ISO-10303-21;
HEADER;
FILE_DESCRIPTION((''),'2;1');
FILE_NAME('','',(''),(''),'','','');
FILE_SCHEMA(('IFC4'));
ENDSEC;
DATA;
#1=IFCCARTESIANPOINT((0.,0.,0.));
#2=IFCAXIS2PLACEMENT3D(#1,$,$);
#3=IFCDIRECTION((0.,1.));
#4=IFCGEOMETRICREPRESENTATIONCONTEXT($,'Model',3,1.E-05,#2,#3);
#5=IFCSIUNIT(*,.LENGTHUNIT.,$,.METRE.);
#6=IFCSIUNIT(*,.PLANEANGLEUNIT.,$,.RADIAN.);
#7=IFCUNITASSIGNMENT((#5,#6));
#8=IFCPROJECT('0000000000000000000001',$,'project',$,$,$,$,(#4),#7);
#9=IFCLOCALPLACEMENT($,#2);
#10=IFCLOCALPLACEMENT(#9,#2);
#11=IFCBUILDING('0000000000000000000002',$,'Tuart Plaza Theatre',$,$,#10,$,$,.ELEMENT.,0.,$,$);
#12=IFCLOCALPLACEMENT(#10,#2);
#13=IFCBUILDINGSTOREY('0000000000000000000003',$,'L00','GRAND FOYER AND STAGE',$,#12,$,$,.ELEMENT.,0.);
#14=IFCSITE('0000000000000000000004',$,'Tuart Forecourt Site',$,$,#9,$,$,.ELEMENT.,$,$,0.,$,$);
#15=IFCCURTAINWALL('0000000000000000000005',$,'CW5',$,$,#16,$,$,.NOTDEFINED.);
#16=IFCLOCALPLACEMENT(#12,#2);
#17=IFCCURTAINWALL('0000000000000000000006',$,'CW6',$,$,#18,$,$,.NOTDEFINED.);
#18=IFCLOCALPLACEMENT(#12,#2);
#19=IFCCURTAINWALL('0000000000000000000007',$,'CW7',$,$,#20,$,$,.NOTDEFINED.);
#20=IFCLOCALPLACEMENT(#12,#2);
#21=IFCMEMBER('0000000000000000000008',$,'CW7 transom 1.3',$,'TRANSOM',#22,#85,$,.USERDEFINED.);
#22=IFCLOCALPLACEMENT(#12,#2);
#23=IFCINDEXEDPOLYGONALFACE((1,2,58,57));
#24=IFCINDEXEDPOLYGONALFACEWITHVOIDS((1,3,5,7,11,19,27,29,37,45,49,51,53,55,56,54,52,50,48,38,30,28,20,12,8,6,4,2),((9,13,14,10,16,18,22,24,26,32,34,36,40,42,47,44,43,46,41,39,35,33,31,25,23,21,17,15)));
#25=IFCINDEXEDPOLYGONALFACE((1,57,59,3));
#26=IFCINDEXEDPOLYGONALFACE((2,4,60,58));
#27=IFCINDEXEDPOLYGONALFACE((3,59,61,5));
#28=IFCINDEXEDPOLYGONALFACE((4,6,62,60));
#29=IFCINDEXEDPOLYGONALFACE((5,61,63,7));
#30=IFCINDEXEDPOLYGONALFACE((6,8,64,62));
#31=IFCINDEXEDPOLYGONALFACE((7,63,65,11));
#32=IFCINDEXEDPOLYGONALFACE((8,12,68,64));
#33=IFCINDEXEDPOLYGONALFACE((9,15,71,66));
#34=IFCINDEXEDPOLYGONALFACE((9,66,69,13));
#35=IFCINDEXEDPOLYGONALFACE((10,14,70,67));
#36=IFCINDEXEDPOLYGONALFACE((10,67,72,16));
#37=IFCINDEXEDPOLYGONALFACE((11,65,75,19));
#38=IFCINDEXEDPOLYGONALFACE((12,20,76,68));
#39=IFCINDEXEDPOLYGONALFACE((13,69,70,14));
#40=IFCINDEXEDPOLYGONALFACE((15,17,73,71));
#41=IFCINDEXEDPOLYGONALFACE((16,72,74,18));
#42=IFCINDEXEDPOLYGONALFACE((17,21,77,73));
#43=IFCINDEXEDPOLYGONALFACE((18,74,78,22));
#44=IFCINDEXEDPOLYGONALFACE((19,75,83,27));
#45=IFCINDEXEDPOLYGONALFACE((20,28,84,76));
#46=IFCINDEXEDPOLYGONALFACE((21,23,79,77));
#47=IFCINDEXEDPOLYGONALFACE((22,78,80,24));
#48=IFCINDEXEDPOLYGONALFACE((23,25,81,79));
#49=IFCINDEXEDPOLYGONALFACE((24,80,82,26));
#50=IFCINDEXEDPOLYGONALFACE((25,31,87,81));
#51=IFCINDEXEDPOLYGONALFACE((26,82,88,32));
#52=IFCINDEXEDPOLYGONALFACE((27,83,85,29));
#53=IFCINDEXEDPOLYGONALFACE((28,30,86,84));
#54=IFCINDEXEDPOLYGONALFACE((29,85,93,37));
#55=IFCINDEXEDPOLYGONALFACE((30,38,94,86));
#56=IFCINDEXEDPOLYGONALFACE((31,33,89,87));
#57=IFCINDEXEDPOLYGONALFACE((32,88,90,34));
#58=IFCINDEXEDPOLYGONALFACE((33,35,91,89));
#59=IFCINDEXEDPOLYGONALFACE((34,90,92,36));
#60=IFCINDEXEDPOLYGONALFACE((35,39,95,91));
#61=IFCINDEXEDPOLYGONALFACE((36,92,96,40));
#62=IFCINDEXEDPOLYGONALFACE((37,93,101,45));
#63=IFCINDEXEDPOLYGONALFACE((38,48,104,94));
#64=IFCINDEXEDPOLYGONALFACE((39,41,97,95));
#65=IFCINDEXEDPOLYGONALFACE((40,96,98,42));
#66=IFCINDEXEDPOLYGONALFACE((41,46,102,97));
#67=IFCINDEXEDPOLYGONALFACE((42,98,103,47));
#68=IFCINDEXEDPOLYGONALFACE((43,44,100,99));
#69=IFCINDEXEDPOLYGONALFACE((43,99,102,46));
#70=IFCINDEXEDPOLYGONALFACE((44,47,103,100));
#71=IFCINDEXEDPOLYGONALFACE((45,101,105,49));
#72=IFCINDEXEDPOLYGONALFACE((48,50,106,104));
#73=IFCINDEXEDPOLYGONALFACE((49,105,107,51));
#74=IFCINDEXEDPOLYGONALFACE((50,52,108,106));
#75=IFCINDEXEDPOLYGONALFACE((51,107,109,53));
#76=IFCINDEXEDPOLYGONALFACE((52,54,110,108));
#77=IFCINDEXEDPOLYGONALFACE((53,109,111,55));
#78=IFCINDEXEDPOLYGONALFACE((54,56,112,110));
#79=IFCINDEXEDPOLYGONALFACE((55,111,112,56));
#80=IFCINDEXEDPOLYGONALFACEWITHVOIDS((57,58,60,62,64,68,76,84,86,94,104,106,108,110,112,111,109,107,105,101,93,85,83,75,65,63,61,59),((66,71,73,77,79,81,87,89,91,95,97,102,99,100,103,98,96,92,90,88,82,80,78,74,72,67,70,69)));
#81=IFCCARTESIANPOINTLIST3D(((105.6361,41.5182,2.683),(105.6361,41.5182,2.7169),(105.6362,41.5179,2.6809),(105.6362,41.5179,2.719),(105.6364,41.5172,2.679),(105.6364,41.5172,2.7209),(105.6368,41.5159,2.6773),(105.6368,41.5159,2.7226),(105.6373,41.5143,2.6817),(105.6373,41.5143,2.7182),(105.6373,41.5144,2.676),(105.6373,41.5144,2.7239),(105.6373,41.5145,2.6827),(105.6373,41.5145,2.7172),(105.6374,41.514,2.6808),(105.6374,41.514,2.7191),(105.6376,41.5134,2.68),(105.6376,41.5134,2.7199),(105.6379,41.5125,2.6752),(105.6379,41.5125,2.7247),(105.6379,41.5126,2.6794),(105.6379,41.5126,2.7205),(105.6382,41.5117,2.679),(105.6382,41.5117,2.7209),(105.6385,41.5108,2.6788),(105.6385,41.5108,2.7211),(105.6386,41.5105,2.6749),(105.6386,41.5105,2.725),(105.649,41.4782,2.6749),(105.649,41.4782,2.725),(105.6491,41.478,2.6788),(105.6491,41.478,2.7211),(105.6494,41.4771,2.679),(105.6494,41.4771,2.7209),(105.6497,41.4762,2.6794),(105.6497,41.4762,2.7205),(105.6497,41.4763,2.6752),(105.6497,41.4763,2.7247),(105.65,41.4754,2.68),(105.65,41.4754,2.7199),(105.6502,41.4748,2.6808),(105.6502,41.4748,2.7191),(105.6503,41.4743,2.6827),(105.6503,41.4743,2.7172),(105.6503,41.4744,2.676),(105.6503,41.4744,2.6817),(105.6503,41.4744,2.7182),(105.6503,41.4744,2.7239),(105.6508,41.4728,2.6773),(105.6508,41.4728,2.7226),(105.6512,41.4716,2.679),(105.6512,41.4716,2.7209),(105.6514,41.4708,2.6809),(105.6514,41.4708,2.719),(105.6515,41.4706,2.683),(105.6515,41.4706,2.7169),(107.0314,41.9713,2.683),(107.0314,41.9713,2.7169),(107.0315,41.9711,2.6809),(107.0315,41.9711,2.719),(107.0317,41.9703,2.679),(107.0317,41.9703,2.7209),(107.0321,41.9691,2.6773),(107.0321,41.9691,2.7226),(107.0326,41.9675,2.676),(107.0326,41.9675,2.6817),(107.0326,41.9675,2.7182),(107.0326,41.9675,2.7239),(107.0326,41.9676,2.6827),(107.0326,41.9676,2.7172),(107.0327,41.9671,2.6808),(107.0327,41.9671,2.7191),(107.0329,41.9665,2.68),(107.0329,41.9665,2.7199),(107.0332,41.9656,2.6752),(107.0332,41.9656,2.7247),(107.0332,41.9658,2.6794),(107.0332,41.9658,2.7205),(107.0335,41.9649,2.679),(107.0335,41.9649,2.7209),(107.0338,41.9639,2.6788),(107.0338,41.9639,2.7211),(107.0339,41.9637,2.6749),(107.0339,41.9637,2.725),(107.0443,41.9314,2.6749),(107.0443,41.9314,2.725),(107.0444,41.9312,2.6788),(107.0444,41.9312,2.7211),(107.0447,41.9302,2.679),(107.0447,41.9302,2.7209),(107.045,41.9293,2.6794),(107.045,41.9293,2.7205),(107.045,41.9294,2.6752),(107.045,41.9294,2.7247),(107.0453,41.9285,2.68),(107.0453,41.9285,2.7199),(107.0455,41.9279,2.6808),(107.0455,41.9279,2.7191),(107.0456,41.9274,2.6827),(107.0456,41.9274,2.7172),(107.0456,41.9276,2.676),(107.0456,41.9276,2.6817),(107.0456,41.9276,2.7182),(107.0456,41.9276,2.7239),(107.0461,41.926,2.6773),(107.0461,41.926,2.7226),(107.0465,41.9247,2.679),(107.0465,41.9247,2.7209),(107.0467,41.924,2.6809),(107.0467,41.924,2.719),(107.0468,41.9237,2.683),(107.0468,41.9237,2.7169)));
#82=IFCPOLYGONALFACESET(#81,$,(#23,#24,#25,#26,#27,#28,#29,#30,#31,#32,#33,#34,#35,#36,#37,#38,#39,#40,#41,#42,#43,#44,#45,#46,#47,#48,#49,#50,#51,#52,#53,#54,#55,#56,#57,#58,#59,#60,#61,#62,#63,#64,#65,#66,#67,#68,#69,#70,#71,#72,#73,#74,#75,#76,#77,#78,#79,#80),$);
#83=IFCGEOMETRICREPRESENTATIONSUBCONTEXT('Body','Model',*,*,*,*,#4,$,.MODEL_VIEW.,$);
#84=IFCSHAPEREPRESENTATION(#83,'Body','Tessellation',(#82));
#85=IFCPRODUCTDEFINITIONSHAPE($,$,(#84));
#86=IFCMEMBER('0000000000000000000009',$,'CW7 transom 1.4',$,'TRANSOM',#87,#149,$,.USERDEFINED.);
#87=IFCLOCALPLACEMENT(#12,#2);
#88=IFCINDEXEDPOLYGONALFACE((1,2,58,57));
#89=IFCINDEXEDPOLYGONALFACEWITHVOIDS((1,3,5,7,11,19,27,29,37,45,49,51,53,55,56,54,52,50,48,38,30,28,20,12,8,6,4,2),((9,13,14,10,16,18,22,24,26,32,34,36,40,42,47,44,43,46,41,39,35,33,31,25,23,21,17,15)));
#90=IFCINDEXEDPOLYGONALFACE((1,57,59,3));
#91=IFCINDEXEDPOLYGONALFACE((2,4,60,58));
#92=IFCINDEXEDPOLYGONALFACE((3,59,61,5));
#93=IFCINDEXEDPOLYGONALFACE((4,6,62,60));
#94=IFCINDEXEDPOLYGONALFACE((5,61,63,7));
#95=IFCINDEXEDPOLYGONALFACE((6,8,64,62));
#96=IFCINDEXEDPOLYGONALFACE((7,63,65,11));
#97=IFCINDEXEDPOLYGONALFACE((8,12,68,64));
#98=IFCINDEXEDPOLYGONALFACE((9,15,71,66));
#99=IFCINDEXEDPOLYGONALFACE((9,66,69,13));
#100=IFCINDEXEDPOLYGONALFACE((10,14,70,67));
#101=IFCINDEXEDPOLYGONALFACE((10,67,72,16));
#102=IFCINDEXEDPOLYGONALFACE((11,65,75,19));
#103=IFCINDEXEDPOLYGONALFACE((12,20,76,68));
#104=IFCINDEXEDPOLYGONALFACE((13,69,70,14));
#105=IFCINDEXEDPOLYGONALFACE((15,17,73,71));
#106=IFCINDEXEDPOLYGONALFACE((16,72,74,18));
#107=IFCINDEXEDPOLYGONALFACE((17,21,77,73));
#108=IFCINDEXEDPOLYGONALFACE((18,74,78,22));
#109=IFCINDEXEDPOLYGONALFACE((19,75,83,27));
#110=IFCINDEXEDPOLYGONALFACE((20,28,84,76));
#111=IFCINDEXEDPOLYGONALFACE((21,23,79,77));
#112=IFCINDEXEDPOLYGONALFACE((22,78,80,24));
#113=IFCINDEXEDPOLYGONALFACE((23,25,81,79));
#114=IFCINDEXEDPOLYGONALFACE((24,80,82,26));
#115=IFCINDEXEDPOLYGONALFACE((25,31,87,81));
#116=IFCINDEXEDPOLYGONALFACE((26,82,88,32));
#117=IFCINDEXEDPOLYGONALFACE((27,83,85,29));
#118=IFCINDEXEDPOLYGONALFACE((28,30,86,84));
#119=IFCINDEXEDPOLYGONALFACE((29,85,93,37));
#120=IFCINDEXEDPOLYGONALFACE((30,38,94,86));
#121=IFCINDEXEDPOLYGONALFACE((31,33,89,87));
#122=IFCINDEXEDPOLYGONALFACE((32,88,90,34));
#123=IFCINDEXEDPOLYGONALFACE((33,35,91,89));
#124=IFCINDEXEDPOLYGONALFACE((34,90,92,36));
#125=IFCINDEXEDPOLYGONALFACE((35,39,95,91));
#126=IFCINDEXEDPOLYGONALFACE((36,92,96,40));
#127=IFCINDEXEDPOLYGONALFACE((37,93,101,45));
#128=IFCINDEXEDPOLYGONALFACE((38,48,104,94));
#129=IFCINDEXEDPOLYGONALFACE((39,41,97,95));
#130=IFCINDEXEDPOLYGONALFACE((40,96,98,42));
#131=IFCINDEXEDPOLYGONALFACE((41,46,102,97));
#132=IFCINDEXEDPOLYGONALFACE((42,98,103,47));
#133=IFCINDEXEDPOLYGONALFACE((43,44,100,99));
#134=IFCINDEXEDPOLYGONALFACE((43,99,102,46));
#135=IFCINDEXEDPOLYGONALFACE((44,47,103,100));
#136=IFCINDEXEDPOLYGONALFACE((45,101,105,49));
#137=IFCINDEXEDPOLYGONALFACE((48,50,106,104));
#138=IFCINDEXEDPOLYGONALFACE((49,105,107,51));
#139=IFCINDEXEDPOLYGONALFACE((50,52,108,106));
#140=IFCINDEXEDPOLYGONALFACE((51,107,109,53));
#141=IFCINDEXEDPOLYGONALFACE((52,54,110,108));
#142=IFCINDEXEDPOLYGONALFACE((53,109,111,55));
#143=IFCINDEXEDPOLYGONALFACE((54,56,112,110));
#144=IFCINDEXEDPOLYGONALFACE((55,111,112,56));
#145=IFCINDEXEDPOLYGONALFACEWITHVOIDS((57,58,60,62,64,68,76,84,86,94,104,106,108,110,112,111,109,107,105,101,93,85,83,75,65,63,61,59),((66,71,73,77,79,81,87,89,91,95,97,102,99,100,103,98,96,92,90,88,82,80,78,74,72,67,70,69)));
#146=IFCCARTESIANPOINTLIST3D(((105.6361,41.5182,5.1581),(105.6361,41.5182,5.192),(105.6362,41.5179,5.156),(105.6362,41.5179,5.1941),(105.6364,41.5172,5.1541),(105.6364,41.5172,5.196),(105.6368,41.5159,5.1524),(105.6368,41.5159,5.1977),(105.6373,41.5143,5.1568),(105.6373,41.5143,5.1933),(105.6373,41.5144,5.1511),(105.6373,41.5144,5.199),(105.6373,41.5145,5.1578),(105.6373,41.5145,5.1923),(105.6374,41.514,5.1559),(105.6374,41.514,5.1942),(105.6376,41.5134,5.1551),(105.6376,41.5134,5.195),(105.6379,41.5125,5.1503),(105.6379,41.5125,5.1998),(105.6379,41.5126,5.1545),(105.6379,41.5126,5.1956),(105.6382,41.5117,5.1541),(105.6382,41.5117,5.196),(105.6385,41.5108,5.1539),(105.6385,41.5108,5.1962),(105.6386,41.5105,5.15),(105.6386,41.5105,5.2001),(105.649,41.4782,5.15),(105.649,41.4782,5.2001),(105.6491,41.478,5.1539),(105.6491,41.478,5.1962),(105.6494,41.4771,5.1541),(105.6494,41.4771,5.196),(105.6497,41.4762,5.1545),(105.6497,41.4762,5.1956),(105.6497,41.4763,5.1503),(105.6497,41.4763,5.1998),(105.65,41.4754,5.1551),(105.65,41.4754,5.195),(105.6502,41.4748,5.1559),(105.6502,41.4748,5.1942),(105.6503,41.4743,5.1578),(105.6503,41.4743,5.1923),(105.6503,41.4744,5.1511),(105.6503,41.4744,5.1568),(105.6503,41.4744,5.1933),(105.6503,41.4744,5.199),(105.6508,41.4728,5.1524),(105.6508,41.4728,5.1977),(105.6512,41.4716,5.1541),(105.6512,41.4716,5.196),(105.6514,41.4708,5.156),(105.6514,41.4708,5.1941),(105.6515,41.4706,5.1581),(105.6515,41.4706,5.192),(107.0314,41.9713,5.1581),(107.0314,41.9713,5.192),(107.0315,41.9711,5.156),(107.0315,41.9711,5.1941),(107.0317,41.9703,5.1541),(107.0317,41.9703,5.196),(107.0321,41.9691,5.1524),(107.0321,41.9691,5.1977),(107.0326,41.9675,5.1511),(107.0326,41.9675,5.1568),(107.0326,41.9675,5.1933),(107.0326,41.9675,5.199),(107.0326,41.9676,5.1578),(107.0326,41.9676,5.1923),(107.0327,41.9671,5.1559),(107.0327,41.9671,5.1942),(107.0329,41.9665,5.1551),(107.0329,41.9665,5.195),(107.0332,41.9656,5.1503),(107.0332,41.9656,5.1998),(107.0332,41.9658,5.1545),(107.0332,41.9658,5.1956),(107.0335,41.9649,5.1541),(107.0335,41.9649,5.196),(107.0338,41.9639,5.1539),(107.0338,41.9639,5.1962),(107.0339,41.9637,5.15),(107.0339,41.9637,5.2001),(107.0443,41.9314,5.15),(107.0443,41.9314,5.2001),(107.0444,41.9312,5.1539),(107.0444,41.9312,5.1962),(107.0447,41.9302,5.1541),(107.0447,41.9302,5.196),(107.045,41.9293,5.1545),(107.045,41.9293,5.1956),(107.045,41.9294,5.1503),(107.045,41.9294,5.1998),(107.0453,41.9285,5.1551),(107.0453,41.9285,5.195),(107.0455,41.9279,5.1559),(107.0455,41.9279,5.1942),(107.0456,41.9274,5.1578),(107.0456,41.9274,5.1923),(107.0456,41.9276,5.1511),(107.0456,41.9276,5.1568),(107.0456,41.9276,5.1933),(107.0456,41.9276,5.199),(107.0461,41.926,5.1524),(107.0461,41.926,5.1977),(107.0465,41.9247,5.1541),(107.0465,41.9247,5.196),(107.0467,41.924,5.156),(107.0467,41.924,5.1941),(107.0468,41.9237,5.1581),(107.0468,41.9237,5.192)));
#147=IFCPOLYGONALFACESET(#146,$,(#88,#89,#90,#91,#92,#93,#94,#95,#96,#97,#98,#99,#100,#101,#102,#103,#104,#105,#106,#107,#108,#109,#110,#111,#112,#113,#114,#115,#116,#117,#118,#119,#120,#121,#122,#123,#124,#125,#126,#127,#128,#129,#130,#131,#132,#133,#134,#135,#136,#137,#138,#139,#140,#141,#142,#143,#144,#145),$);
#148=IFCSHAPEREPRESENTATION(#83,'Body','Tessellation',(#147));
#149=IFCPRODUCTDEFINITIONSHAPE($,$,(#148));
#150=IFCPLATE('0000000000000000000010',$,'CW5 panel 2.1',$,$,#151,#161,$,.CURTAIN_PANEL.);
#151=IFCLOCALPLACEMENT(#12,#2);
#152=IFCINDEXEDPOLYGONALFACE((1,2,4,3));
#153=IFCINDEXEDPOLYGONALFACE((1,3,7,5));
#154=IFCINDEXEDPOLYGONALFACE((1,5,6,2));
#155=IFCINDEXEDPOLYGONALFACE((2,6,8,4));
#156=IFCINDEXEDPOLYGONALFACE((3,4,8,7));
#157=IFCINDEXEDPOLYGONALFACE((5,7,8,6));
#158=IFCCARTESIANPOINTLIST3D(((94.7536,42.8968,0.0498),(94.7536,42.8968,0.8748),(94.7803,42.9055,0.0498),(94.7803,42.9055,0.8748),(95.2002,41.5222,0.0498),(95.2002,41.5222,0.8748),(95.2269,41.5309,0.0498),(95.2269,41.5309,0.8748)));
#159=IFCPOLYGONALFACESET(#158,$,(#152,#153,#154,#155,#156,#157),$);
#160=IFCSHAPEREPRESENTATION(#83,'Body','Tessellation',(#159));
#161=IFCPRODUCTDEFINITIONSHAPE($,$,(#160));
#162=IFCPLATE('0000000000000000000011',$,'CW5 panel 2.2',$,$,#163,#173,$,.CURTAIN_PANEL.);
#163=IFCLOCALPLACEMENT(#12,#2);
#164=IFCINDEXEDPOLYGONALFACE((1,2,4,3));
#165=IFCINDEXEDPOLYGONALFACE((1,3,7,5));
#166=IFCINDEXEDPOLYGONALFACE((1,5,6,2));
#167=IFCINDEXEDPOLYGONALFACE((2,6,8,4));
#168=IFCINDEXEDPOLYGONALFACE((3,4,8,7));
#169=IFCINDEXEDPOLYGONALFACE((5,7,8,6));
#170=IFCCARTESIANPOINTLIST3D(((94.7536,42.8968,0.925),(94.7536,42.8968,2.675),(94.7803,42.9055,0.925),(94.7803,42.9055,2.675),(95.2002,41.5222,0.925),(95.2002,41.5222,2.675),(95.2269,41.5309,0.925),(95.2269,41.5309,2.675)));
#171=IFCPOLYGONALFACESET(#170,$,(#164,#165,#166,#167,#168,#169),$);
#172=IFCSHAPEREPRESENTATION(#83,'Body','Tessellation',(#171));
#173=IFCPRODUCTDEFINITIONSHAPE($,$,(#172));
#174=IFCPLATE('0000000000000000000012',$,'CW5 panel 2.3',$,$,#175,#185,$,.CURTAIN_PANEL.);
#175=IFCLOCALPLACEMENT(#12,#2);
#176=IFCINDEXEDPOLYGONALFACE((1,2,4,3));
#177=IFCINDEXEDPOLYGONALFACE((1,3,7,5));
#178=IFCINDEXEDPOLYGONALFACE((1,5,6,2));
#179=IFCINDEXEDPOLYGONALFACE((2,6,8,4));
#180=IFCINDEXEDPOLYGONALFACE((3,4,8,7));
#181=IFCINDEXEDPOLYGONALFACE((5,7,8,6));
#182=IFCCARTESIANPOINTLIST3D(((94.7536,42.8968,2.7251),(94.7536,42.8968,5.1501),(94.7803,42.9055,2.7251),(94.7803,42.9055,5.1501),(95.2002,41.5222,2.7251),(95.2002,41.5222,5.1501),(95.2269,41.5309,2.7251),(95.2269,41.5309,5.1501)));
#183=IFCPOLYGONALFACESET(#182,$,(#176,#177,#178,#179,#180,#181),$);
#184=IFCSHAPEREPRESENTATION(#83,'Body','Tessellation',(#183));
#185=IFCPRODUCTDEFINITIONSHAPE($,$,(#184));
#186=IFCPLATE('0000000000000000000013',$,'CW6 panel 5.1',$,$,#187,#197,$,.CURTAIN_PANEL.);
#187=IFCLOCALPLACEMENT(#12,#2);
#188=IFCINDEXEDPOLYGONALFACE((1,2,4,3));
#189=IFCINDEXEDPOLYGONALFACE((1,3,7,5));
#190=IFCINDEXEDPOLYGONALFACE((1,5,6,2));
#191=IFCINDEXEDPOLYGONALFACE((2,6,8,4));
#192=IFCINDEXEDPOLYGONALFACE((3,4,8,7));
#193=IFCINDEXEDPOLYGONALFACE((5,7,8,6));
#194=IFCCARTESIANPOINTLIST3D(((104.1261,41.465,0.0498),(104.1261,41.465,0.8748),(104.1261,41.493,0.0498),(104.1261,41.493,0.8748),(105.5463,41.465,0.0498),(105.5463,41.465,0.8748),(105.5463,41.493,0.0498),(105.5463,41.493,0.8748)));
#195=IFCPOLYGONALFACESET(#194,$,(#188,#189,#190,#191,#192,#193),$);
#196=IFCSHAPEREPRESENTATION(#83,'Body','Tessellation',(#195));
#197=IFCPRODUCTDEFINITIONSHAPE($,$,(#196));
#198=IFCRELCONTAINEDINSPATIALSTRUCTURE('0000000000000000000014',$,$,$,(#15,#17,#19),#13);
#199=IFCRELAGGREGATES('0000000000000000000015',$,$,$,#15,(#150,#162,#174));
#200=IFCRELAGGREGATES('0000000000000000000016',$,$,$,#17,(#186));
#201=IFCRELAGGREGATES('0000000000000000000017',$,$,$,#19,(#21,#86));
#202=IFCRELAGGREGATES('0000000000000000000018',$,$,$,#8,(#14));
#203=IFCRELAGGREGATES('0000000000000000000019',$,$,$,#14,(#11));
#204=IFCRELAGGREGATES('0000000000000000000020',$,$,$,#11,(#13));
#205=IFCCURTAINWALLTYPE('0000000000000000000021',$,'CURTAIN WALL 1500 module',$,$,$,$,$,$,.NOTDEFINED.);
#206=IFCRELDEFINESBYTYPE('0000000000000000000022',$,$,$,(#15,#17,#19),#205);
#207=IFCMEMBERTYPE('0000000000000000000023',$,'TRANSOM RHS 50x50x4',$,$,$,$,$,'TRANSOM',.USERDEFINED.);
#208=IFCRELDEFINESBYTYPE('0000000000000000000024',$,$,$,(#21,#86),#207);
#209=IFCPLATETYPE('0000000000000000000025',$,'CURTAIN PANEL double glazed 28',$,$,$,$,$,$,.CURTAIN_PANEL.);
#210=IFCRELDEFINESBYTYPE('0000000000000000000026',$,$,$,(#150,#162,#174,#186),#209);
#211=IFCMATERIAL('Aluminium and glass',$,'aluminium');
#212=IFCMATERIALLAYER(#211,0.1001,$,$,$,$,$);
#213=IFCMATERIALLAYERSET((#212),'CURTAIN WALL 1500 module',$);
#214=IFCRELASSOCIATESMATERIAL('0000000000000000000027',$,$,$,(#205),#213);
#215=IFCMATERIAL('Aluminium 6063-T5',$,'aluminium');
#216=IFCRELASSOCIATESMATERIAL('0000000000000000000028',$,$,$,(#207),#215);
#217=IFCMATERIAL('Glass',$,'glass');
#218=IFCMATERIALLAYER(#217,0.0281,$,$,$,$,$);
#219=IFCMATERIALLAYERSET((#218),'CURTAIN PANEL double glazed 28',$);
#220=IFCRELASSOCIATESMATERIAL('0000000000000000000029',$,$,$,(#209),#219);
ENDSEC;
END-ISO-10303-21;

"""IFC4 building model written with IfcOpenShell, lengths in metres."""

from ifc_helpers import new_model, si_unit, direction, frame, origin, origin_2d, place, context, subcontext, project, spatial, rectangle, hollow_rectangle, extrude, material, layer, layer_set, material_profile, profile_set, type_object, element, aggregate, save


model = new_model("IFC4")

# Units and contexts
model_context = context("Model", 3, precision=1e-05, world=origin(), true_north=direction((0.0, 1.0)))
body_context = subcontext(model_context, "Body", "Model", "MODEL_VIEW")
ifc_project = project(units=[si_unit("LENGTHUNIT", "METRE"), si_unit("PLANEANGLEUNIT", "RADIAN")], contexts=[model_context])

# Site, building, storey
site_placement = place(None, origin())
site = spatial("IfcSite", under=ifc_project, at=site_placement, Name="Tuart Forecourt Site", CompositionType="ELEMENT", RefElevation=0.0)
building_placement = place(site_placement, origin())
building = spatial("IfcBuilding", under=site, at=building_placement, Name="Tuart Plaza Theatre", CompositionType="ELEMENT", ElevationOfRefHeight=0.0)
storey_placement = place(building_placement, origin())
storey = spatial("IfcBuildingStorey", under=building, at=storey_placement, Name="L00", Description="GRAND FOYER AND STAGE", CompositionType="ELEMENT", Elevation=0.0)

# Curtain walls
ifc_material_1 = material(Name="Aluminium and glass", Category="aluminium")
ifc_layer_1 = layer(ifc_material_1, 0.1001)
ifc_layer_set_1 = layer_set([ifc_layer_1], Name="CURTAIN WALL 1500 module")
curtain_wall_type = type_object("IfcCurtainWallType", Name="CURTAIN WALL 1500 module", PredefinedType="NOTDEFINED", material=ifc_layer_set_1)
curtain_wall_1_placement = place(storey_placement, origin())
curtain_wall_1 = element("IfcCurtainWall", 1, at=curtain_wall_1_placement, inside=storey, type_object=curtain_wall_type, Name="CW5", PredefinedType="NOTDEFINED")
curtain_wall_2_placement = place(storey_placement, origin())
curtain_wall_2 = element("IfcCurtainWall", 2, at=curtain_wall_2_placement, inside=storey, type_object=curtain_wall_type, Name="CW6", PredefinedType="NOTDEFINED")
curtain_wall_3_placement = place(storey_placement, origin())
curtain_wall_3 = element("IfcCurtainWall", 3, at=curtain_wall_3_placement, inside=storey, type_object=curtain_wall_type, Name="CW7", PredefinedType="NOTDEFINED")

# Shared definitions
ifc_material_2 = material(Name="Aluminium 6063-T5", Category="aluminium")
ifc_material_profile_1 = material_profile(ifc_material_2, hollow_rectangle(XDim=0.05, YDim=0.05, WallThickness=0.0039, InnerFilletRadius=0.0039, OuterFilletRadius=0.0081, at=origin_2d()), Name="RHS 50x50x4")
ifc_profile_set_1 = profile_set([ifc_material_profile_1], Name="Aluminium 6063-T5")
member_type_1 = type_object("IfcMemberType", Name="TRANSOM RHS 50x50x4", ElementType="TRANSOM", PredefinedType="USERDEFINED", material=ifc_profile_set_1)

# Members
member_1_placement = place(storey_placement, frame((105.6438, 41.4944, 2.7), z_axis=(0.951101, 0.308879, 0.0), x_axis=(-0.308879, 0.951101, 0.0)))
member_1 = element("IfcMember", 4, at=member_1_placement, type_object=member_type_1, Name="CW7 transom 1.3", ObjectType="TRANSOM", PredefinedType="USERDEFINED", context=body_context, shape_type="SweptSolid", body=[
    extrude(hollow_rectangle(XDim=0.05, YDim=0.05, WallThickness=0.0039, InnerFilletRadius=0.0039, OuterFilletRadius=0.0081, at=origin_2d()), origin(), (0.0, 0.0, 1.0), 1.467),
])
member_2_placement = place(storey_placement, frame((105.6438, 41.4944, 5.175), z_axis=(0.951101, 0.308879, 0.0), x_axis=(-0.308879, 0.951101, 0.0)))
member_2 = element("IfcMember", 5, at=member_2_placement, type_object=member_type_1, Name="CW7 transom 1.4", ObjectType="TRANSOM", PredefinedType="USERDEFINED", context=body_context, shape_type="SweptSolid", body=[
    extrude(hollow_rectangle(XDim=0.05, YDim=0.05, WallThickness=0.0039, InnerFilletRadius=0.0039, OuterFilletRadius=0.0081, at=origin_2d()), origin(), (0.0, 0.0, 1.0), 1.467),
])

# Plates
ifc_material_3 = material(Name="Glass", Category="glass")
ifc_layer_2 = layer(ifc_material_3, 0.0281)
ifc_layer_set_2 = layer_set([ifc_layer_2], Name="CURTAIN PANEL double glazed 28")
plate_type = type_object("IfcPlateType", Name="CURTAIN PANEL double glazed 28", PredefinedType="CURTAIN_PANEL", material=ifc_layer_set_2)
plate_1_placement = place(storey_placement, frame((94.9902, 42.2139, 0.0498), z_axis=(0.0, 0.0, 1.0), x_axis=(0.309018, -0.951056, 0.0)))
plate_1 = element("IfcPlate", 6, at=plate_1_placement, type_object=plate_type, Name="CW5 panel 2.1", PredefinedType="CURTAIN_PANEL", context=body_context, shape_type="SweptSolid", body=[
    extrude(rectangle(XDim=1.4453, YDim=0.0281, at=origin_2d()), origin(), (0.0, 0.0, 1.0), 0.825),
])
plate_2_placement = place(storey_placement, frame((94.9902, 42.2139, 0.925), z_axis=(0.0, 0.0, 1.0), x_axis=(0.309018, -0.951056, 0.0)))
plate_2 = element("IfcPlate", 7, at=plate_2_placement, type_object=plate_type, Name="CW5 panel 2.2", PredefinedType="CURTAIN_PANEL", context=body_context, shape_type="SweptSolid", body=[
    extrude(rectangle(XDim=1.4453, YDim=0.0281, at=origin_2d()), origin(), (0.0, 0.0, 1.0), 1.75),
])
plate_3_placement = place(storey_placement, frame((94.9902, 42.2139, 2.7251), z_axis=(0.0, 0.0, 1.0), x_axis=(0.309018, -0.951056, 0.0)))
plate_3 = element("IfcPlate", 8, at=plate_3_placement, type_object=plate_type, Name="CW5 panel 2.3", PredefinedType="CURTAIN_PANEL", context=body_context, shape_type="SweptSolid", body=[
    extrude(rectangle(XDim=1.4453, YDim=0.0281, at=origin_2d()), origin(), (0.0, 0.0, 1.0), 2.425),
])
aggregate(curtain_wall_1, [plate_1, plate_2, plate_3])
plate_4_placement = place(storey_placement, frame((104.8362, 41.479, 0.0498), z_axis=(0.0, 0.0, 1.0), x_axis=(1.0, 0.0, 0.0)))
plate_4 = element("IfcPlate", 9, at=plate_4_placement, type_object=plate_type, Name="CW6 panel 5.1", PredefinedType="CURTAIN_PANEL", context=body_context, shape_type="SweptSolid", body=[
    extrude(rectangle(XDim=1.4202, YDim=0.0281, at=origin_2d()), origin(), (0.0, 0.0, 1.0), 0.825),
])
aggregate(curtain_wall_2, [plate_4])
aggregate(curtain_wall_3, [member_1, member_2])

save(model, "model.ifc")
